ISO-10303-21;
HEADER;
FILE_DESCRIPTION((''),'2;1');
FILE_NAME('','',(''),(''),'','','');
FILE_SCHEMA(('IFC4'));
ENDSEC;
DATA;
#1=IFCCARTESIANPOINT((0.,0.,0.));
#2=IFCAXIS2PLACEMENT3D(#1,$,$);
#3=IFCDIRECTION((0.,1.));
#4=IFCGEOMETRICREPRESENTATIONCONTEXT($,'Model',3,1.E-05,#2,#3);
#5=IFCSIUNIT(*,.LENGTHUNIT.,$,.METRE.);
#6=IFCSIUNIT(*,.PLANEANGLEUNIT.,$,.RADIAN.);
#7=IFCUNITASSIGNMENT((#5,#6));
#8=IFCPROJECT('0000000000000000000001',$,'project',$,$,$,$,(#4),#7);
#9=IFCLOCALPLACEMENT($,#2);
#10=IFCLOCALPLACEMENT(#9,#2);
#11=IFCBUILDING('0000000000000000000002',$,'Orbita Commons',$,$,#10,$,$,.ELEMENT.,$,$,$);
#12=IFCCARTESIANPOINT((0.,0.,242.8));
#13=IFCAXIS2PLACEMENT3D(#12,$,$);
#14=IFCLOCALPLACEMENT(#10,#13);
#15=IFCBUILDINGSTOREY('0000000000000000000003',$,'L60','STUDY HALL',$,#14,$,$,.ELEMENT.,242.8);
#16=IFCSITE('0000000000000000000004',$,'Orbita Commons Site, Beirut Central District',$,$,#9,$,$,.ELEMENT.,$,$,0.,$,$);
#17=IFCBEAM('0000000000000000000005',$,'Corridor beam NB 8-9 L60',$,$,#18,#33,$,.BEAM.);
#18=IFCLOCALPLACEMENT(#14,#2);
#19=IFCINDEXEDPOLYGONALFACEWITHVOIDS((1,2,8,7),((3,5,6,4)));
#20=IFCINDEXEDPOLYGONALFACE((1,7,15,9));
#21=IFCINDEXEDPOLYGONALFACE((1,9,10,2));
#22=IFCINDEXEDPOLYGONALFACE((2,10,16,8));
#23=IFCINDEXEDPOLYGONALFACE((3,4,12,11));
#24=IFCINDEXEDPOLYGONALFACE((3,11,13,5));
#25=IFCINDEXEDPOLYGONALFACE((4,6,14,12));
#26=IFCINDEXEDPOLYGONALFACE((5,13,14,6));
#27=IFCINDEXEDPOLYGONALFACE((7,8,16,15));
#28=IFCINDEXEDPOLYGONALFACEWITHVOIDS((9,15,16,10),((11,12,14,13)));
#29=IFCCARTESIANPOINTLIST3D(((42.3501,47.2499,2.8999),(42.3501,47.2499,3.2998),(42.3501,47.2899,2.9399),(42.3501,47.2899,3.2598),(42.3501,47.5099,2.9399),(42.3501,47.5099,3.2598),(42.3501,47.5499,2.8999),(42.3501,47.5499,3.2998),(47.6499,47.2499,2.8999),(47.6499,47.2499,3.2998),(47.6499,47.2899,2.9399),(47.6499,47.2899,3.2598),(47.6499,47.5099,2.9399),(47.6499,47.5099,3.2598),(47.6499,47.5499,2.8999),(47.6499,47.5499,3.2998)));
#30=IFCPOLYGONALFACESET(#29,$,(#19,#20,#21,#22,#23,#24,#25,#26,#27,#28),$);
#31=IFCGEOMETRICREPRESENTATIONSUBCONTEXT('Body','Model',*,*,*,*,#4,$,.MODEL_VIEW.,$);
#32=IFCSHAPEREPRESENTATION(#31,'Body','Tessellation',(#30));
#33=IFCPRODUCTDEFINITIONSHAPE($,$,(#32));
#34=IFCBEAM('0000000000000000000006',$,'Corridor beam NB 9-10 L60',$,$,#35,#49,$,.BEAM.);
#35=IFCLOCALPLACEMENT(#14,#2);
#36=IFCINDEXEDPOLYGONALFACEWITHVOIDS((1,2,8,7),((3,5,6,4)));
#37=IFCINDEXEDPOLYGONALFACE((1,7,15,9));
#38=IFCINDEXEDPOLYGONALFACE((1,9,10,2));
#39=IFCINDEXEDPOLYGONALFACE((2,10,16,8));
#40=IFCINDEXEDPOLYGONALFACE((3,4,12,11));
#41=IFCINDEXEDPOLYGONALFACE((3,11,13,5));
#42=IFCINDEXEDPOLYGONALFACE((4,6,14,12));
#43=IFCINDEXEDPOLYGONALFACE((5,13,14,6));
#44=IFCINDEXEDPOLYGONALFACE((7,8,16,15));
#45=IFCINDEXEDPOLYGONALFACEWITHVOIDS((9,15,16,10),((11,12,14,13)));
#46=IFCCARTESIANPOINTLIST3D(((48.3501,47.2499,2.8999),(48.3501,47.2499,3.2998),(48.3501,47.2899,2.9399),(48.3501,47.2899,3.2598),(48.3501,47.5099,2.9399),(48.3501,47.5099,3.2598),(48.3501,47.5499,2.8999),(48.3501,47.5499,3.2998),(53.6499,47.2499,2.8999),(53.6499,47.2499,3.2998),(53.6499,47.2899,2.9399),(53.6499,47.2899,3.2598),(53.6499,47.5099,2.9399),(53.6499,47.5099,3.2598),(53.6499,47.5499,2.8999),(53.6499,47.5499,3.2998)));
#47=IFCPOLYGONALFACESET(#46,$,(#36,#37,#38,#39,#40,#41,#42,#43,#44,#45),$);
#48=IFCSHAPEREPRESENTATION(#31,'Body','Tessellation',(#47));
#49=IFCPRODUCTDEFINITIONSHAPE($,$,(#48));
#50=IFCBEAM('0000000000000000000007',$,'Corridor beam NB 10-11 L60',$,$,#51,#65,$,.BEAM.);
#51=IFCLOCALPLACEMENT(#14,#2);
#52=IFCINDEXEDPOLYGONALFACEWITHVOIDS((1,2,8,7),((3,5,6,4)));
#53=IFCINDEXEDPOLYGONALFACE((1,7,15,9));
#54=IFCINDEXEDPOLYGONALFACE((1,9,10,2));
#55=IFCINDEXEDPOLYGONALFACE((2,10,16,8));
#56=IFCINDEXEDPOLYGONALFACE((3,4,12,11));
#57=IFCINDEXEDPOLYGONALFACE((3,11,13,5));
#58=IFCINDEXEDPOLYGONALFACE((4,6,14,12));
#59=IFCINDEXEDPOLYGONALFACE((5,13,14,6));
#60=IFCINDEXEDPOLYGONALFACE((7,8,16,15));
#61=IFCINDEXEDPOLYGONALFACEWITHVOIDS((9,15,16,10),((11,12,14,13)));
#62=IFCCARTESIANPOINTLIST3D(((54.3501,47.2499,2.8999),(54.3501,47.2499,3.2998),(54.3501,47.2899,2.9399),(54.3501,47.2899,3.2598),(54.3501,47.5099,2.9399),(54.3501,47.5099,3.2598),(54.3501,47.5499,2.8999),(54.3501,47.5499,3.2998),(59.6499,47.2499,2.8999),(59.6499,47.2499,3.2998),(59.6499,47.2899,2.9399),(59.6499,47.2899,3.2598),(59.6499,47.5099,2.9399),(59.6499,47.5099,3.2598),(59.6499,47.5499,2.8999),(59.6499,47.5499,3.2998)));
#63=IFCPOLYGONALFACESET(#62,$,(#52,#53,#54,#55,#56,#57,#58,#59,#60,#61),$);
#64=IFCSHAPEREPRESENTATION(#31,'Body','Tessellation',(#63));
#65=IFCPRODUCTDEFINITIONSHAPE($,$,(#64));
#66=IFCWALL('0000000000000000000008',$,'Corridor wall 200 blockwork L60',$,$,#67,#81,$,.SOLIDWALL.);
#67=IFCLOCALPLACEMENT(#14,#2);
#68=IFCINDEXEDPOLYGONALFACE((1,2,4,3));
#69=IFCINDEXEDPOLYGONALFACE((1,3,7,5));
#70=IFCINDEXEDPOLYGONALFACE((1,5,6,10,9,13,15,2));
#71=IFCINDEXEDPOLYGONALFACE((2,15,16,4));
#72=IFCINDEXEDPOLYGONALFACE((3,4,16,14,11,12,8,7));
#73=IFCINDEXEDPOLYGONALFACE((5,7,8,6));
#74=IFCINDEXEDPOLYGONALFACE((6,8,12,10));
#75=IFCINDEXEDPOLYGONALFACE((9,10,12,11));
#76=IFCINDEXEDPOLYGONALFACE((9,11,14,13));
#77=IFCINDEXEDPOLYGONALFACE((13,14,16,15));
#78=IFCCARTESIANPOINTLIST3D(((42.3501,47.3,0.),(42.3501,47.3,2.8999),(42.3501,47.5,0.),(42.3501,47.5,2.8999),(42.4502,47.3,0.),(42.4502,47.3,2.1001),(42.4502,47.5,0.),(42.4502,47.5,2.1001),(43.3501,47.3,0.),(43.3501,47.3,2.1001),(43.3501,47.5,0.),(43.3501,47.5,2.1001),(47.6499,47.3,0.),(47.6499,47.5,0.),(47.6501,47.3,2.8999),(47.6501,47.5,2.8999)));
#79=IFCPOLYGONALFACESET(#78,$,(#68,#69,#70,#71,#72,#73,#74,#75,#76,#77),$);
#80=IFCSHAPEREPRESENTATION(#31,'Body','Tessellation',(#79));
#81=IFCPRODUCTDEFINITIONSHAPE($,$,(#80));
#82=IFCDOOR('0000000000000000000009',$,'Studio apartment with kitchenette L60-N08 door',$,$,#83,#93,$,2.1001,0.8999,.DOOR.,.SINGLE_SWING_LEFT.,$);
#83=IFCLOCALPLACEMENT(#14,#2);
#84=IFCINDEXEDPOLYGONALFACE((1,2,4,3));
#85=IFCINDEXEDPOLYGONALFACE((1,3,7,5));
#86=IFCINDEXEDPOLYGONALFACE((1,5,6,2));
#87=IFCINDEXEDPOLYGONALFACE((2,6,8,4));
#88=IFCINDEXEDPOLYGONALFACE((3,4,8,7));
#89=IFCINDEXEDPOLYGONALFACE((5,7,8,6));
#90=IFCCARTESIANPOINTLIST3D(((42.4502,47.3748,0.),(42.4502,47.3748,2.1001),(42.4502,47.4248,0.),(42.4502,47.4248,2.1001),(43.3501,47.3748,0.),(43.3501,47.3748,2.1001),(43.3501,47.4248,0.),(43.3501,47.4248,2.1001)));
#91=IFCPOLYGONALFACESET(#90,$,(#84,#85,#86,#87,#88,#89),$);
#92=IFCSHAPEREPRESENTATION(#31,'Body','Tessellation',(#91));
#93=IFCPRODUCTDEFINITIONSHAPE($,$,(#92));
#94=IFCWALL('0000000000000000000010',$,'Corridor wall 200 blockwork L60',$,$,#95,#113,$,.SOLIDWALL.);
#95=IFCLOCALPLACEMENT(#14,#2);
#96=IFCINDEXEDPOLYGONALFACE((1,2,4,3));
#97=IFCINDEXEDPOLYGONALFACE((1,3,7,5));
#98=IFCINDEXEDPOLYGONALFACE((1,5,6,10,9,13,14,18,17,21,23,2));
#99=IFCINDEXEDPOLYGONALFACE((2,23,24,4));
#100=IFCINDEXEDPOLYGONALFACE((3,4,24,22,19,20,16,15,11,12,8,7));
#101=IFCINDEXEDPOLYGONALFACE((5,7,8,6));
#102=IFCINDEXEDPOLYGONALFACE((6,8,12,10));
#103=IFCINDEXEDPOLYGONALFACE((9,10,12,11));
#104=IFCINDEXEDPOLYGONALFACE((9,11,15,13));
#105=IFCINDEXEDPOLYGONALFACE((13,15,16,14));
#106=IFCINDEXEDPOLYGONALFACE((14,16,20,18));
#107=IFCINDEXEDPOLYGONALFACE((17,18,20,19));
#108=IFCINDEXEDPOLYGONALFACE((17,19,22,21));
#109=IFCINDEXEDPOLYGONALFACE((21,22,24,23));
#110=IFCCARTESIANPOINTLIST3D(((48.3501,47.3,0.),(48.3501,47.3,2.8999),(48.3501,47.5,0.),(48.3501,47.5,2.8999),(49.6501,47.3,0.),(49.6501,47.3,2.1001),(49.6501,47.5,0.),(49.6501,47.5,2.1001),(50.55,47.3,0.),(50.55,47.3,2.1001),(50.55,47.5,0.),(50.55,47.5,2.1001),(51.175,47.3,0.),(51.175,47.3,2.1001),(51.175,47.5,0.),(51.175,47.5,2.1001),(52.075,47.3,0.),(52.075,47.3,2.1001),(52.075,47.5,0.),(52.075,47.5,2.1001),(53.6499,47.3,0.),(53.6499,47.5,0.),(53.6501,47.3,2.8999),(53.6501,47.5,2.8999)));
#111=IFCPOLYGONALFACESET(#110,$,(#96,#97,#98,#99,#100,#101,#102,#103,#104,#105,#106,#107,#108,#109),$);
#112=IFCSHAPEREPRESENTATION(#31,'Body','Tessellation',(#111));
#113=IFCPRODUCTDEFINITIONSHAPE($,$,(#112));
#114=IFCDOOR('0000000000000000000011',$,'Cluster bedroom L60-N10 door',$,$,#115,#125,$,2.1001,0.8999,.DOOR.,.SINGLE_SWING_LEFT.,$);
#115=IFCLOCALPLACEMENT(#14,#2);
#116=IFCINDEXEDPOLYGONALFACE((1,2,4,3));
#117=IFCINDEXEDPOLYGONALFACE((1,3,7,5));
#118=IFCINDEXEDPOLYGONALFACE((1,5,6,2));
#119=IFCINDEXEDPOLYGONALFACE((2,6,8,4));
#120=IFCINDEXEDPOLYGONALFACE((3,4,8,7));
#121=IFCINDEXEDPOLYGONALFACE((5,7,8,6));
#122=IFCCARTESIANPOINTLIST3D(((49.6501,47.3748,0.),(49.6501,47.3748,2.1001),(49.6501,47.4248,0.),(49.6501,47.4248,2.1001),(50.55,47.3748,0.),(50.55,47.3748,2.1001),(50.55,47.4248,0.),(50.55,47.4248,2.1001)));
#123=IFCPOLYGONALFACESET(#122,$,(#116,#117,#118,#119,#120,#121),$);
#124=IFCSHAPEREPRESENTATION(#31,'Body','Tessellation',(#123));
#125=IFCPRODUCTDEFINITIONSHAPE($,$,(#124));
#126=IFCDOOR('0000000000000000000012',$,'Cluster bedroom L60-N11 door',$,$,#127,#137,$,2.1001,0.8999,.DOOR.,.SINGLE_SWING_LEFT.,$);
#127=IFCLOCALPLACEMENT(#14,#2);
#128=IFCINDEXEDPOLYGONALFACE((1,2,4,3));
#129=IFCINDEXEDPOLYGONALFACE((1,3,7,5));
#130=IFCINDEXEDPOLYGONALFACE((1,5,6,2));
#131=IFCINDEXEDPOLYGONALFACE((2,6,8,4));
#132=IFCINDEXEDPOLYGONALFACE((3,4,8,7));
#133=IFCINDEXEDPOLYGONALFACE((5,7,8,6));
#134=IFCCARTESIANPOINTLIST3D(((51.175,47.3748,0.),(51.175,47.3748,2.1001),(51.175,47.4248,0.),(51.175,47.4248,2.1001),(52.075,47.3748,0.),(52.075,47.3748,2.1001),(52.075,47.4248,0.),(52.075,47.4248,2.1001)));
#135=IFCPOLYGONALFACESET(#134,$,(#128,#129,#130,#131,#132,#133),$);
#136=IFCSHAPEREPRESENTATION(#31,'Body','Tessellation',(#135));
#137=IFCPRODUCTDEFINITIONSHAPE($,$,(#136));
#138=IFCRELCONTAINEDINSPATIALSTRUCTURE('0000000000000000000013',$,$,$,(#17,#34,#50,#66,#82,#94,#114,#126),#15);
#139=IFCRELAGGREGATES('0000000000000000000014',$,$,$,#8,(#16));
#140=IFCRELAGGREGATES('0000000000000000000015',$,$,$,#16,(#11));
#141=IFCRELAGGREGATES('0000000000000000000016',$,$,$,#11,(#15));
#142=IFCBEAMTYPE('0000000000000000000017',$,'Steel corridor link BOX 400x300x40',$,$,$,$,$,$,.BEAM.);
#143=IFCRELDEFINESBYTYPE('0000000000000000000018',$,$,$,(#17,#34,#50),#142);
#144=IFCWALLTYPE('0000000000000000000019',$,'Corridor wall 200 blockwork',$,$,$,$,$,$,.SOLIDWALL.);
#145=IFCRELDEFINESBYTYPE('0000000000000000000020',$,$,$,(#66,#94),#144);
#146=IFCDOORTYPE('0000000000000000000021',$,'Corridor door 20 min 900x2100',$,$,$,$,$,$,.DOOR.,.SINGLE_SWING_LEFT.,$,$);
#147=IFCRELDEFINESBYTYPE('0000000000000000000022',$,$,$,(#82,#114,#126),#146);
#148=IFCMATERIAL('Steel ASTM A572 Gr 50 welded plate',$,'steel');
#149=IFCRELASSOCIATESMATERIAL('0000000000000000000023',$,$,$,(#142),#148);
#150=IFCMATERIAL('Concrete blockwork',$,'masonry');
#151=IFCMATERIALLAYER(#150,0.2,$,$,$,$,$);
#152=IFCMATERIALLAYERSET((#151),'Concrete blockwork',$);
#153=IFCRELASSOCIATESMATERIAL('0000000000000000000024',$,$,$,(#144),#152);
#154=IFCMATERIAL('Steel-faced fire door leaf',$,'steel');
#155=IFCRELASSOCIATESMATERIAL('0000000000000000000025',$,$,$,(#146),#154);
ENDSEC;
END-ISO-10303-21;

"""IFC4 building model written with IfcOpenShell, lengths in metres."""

from ifc_helpers import new_model, si_unit, direction, frame, frame_2d, origin, origin_2d, place, context, subcontext, project, spatial, polyline, rectangle, hollow_rectangle, outline, extrude, material, layer, layer_set, material_profile, profile_set, type_object, element, fill, save


model = new_model("IFC4")

# Units and contexts
model_context = context("Model", 3, precision=1e-05, world=origin(), true_north=direction((0.0, 1.0)))
body_context = subcontext(model_context, "Body", "Model", "MODEL_VIEW")
ifc_project = project(units=[si_unit("LENGTHUNIT", "METRE"), si_unit("PLANEANGLEUNIT", "RADIAN")], contexts=[model_context])

# Site, building, storey
site_placement = place(None, origin())
site = spatial("IfcSite", under=ifc_project, at=site_placement, Name="Orbita Commons Site, Beirut Central District", CompositionType="ELEMENT", RefElevation=0.0)
building_placement = place(site_placement, origin())
building = spatial("IfcBuilding", under=site, at=building_placement, Name="Orbita Commons", CompositionType="ELEMENT")
storey_placement = place(building_placement, frame((0.0, 0.0, 242.8)))
storey = spatial("IfcBuildingStorey", under=building, at=storey_placement, Name="L60", Description="STUDY HALL", CompositionType="ELEMENT", Elevation=242.8)

# Beams
ifc_material_1 = material(Name="Steel ASTM A572 Gr 50 welded plate", Category="steel")
ifc_material_profile = material_profile(ifc_material_1, hollow_rectangle(XDim=0.3, YDim=0.3999, WallThickness=0.04, at=origin_2d()), Name="BOX 400x300x40")
ifc_profile_set = profile_set([ifc_material_profile], Name="Steel ASTM A572 Gr 50 welded plate")
beam_type = type_object("IfcBeamType", Name="Steel corridor link BOX 400x300x40", PredefinedType="BEAM", material=ifc_profile_set)
for number, where, z_axis, x_axis, name in (
    (1, (42.3501, 47.3999, 3.0999), (1.0, 0.0, 0.0), (0.0, 1.0, 0.0), "Corridor beam NB 8-9 L60"),
    (2, (48.3501, 47.3999, 3.0999), (1.0, 0.0, 0.0), (0.0, 1.0, 0.0), "Corridor beam NB 9-10 L60"),
    (3, (54.3501, 47.3999, 3.0999), (1.0, 0.0, 0.0), (0.0, 1.0, 0.0), "Corridor beam NB 10-11 L60"),
):
    element("IfcBeam", number, at=place(storey_placement, frame(where, z_axis=z_axis, x_axis=x_axis)), inside=storey, type_object=beam_type, Name=name, PredefinedType="BEAM", context=body_context, shape_type="SweptSolid", body=[
        extrude(hollow_rectangle(XDim=0.3, YDim=0.3999, WallThickness=0.04, at=origin_2d()), origin(), (0.0, 0.0, 1.0), 5.2998),
    ])

# Wall, opening, door
ifc_material_2 = material(Name="Concrete blockwork", Category="masonry")
ifc_layer_1 = layer(ifc_material_2, 0.2)
ifc_layer_set_1 = layer_set([ifc_layer_1], Name="Concrete blockwork")
wall_type_1 = type_object("IfcWallType", Name="Corridor wall 200 blockwork", PredefinedType="SOLIDWALL", material=ifc_layer_set_1)
wall_1_placement = place(storey_placement, frame((42.3501, 47.3999, 0.0), z_axis=(0.0, 0.0, 1.0), x_axis=(1.0, 0.0, 0.0)))
wall_1 = element("IfcWall", 4, at=wall_1_placement, inside=storey, type_object=wall_type_1, Name="Corridor wall 200 blockwork L60", PredefinedType="SOLIDWALL", context=body_context, shape_type="SweptSolid", body=[
    extrude(outline(polyline([(0.0, 0.0), (5.2998, 0.0), (5.3, 2.8999), (0.0, 2.8999), (0.0, 0.0)])), frame((0.0, 0.1001, 0.0), z_axis=(0.0, -1.0, 0.0), x_axis=(1.0, 0.0, 0.0)), (0.0, 0.0, 1.0), 0.2),
])
opening_1_placement = place(wall_1_placement, frame((0.1001, 0.0, 0.0)))
opening_1 = element("IfcOpeningElement", 5, at=opening_1_placement, cuts=wall_1, PredefinedType="OPENING", context=body_context, shape_type="SweptSolid", body=[
    extrude(rectangle(XDim=0.8999, YDim=2.1001, at=frame_2d((0.45, 1.05))), frame((0.0, 0.1099, 0.0), z_axis=(0.0, -1.0, 0.0), x_axis=(1.0, 0.0, 0.0)), (0.0, 0.0, 1.0), 0.22),
])
ifc_material_3 = material(Name="Steel-faced fire door leaf", Category="steel")
door_type_1 = type_object("IfcDoorType", Name="Corridor door 20 min 900x2100", OperationType="SINGLE_SWING_LEFT", PredefinedType="DOOR", material=ifc_material_3)
door_1_placement = place(opening_1_placement, origin())
door_1 = element("IfcDoor", 6, at=door_1_placement, inside=storey, type_object=door_type_1, Name="Studio apartment with kitchenette L60-N08 door", OperationType="SINGLE_SWING_LEFT", OverallHeight=2.1001, OverallWidth=0.8999, PredefinedType="DOOR", context=body_context, shape_type="SweptSolid", body=[
    extrude(rectangle(XDim=0.8999, YDim=2.1001, at=frame_2d((0.45, 1.05))), frame((0.0, 0.0249, 0.0), z_axis=(0.0, -1.0, 0.0), x_axis=(1.0, 0.0, 0.0)), (0.0, 0.0, 1.0), 0.05),
])
fill(opening_1, door_1)

# Wall, openings, doors
wall_2_placement = place(storey_placement, frame((48.3501, 47.3999, 0.0), z_axis=(0.0, 0.0, 1.0), x_axis=(1.0, 0.0, 0.0)))
wall_2 = element("IfcWall", 7, at=wall_2_placement, inside=storey, type_object=wall_type_1, Name="Corridor wall 200 blockwork L60", PredefinedType="SOLIDWALL", context=body_context, shape_type="SweptSolid", body=[
    extrude(outline(polyline([(0.0, 0.0), (5.2998, 0.0), (5.3, 2.8999), (0.0, 2.8999), (0.0, 0.0)])), frame((0.0, 0.1001, 0.0), z_axis=(0.0, -1.0, 0.0), x_axis=(1.0, 0.0, 0.0)), (0.0, 0.0, 1.0), 0.2),
])
opening_2_placement = place(wall_2_placement, frame((1.3, 0.0, 0.0)))
opening_2 = element("IfcOpeningElement", 8, at=opening_2_placement, cuts=wall_2, PredefinedType="OPENING", context=body_context, shape_type="SweptSolid", body=[
    extrude(rectangle(XDim=0.8999, YDim=2.1001, at=frame_2d((0.45, 1.05))), frame((0.0, 0.1099, 0.0), z_axis=(0.0, -1.0, 0.0), x_axis=(1.0, 0.0, 0.0)), (0.0, 0.0, 1.0), 0.22),
])
opening_3_placement = place(wall_2_placement, frame((2.825, 0.0, 0.0)))
opening_3 = element("IfcOpeningElement", 9, at=opening_3_placement, cuts=wall_2, PredefinedType="OPENING", context=body_context, shape_type="SweptSolid", body=[
    extrude(rectangle(XDim=0.8999, YDim=2.1001, at=frame_2d((0.45, 1.05))), frame((0.0, 0.1099, 0.0), z_axis=(0.0, -1.0, 0.0), x_axis=(1.0, 0.0, 0.0)), (0.0, 0.0, 1.0), 0.22),
])
door_2_placement = place(opening_2_placement, origin())
door_2 = element("IfcDoor", 10, at=door_2_placement, inside=storey, type_object=door_type_1, Name="Cluster bedroom L60-N10 door", OperationType="SINGLE_SWING_LEFT", OverallHeight=2.1001, OverallWidth=0.8999, PredefinedType="DOOR", context=body_context, shape_type="SweptSolid", body=[
    extrude(rectangle(XDim=0.8999, YDim=2.1001, at=frame_2d((0.45, 1.05))), frame((0.0, 0.0249, 0.0), z_axis=(0.0, -1.0, 0.0), x_axis=(1.0, 0.0, 0.0)), (0.0, 0.0, 1.0), 0.05),
])
fill(opening_2, door_2)
door_3_placement = place(opening_3_placement, origin())
door_3 = element("IfcDoor", 11, at=door_3_placement, inside=storey, type_object=door_type_1, Name="Cluster bedroom L60-N11 door", OperationType="SINGLE_SWING_LEFT", OverallHeight=2.1001, OverallWidth=0.8999, PredefinedType="DOOR", context=body_context, shape_type="SweptSolid", body=[
    extrude(rectangle(XDim=0.8999, YDim=2.1001, at=frame_2d((0.45, 1.05))), frame((0.0, 0.0249, 0.0), z_axis=(0.0, -1.0, 0.0), x_axis=(1.0, 0.0, 0.0)), (0.0, 0.0, 1.0), 0.05),
])
fill(opening_3, door_3)

save(model, "model.ifc")
